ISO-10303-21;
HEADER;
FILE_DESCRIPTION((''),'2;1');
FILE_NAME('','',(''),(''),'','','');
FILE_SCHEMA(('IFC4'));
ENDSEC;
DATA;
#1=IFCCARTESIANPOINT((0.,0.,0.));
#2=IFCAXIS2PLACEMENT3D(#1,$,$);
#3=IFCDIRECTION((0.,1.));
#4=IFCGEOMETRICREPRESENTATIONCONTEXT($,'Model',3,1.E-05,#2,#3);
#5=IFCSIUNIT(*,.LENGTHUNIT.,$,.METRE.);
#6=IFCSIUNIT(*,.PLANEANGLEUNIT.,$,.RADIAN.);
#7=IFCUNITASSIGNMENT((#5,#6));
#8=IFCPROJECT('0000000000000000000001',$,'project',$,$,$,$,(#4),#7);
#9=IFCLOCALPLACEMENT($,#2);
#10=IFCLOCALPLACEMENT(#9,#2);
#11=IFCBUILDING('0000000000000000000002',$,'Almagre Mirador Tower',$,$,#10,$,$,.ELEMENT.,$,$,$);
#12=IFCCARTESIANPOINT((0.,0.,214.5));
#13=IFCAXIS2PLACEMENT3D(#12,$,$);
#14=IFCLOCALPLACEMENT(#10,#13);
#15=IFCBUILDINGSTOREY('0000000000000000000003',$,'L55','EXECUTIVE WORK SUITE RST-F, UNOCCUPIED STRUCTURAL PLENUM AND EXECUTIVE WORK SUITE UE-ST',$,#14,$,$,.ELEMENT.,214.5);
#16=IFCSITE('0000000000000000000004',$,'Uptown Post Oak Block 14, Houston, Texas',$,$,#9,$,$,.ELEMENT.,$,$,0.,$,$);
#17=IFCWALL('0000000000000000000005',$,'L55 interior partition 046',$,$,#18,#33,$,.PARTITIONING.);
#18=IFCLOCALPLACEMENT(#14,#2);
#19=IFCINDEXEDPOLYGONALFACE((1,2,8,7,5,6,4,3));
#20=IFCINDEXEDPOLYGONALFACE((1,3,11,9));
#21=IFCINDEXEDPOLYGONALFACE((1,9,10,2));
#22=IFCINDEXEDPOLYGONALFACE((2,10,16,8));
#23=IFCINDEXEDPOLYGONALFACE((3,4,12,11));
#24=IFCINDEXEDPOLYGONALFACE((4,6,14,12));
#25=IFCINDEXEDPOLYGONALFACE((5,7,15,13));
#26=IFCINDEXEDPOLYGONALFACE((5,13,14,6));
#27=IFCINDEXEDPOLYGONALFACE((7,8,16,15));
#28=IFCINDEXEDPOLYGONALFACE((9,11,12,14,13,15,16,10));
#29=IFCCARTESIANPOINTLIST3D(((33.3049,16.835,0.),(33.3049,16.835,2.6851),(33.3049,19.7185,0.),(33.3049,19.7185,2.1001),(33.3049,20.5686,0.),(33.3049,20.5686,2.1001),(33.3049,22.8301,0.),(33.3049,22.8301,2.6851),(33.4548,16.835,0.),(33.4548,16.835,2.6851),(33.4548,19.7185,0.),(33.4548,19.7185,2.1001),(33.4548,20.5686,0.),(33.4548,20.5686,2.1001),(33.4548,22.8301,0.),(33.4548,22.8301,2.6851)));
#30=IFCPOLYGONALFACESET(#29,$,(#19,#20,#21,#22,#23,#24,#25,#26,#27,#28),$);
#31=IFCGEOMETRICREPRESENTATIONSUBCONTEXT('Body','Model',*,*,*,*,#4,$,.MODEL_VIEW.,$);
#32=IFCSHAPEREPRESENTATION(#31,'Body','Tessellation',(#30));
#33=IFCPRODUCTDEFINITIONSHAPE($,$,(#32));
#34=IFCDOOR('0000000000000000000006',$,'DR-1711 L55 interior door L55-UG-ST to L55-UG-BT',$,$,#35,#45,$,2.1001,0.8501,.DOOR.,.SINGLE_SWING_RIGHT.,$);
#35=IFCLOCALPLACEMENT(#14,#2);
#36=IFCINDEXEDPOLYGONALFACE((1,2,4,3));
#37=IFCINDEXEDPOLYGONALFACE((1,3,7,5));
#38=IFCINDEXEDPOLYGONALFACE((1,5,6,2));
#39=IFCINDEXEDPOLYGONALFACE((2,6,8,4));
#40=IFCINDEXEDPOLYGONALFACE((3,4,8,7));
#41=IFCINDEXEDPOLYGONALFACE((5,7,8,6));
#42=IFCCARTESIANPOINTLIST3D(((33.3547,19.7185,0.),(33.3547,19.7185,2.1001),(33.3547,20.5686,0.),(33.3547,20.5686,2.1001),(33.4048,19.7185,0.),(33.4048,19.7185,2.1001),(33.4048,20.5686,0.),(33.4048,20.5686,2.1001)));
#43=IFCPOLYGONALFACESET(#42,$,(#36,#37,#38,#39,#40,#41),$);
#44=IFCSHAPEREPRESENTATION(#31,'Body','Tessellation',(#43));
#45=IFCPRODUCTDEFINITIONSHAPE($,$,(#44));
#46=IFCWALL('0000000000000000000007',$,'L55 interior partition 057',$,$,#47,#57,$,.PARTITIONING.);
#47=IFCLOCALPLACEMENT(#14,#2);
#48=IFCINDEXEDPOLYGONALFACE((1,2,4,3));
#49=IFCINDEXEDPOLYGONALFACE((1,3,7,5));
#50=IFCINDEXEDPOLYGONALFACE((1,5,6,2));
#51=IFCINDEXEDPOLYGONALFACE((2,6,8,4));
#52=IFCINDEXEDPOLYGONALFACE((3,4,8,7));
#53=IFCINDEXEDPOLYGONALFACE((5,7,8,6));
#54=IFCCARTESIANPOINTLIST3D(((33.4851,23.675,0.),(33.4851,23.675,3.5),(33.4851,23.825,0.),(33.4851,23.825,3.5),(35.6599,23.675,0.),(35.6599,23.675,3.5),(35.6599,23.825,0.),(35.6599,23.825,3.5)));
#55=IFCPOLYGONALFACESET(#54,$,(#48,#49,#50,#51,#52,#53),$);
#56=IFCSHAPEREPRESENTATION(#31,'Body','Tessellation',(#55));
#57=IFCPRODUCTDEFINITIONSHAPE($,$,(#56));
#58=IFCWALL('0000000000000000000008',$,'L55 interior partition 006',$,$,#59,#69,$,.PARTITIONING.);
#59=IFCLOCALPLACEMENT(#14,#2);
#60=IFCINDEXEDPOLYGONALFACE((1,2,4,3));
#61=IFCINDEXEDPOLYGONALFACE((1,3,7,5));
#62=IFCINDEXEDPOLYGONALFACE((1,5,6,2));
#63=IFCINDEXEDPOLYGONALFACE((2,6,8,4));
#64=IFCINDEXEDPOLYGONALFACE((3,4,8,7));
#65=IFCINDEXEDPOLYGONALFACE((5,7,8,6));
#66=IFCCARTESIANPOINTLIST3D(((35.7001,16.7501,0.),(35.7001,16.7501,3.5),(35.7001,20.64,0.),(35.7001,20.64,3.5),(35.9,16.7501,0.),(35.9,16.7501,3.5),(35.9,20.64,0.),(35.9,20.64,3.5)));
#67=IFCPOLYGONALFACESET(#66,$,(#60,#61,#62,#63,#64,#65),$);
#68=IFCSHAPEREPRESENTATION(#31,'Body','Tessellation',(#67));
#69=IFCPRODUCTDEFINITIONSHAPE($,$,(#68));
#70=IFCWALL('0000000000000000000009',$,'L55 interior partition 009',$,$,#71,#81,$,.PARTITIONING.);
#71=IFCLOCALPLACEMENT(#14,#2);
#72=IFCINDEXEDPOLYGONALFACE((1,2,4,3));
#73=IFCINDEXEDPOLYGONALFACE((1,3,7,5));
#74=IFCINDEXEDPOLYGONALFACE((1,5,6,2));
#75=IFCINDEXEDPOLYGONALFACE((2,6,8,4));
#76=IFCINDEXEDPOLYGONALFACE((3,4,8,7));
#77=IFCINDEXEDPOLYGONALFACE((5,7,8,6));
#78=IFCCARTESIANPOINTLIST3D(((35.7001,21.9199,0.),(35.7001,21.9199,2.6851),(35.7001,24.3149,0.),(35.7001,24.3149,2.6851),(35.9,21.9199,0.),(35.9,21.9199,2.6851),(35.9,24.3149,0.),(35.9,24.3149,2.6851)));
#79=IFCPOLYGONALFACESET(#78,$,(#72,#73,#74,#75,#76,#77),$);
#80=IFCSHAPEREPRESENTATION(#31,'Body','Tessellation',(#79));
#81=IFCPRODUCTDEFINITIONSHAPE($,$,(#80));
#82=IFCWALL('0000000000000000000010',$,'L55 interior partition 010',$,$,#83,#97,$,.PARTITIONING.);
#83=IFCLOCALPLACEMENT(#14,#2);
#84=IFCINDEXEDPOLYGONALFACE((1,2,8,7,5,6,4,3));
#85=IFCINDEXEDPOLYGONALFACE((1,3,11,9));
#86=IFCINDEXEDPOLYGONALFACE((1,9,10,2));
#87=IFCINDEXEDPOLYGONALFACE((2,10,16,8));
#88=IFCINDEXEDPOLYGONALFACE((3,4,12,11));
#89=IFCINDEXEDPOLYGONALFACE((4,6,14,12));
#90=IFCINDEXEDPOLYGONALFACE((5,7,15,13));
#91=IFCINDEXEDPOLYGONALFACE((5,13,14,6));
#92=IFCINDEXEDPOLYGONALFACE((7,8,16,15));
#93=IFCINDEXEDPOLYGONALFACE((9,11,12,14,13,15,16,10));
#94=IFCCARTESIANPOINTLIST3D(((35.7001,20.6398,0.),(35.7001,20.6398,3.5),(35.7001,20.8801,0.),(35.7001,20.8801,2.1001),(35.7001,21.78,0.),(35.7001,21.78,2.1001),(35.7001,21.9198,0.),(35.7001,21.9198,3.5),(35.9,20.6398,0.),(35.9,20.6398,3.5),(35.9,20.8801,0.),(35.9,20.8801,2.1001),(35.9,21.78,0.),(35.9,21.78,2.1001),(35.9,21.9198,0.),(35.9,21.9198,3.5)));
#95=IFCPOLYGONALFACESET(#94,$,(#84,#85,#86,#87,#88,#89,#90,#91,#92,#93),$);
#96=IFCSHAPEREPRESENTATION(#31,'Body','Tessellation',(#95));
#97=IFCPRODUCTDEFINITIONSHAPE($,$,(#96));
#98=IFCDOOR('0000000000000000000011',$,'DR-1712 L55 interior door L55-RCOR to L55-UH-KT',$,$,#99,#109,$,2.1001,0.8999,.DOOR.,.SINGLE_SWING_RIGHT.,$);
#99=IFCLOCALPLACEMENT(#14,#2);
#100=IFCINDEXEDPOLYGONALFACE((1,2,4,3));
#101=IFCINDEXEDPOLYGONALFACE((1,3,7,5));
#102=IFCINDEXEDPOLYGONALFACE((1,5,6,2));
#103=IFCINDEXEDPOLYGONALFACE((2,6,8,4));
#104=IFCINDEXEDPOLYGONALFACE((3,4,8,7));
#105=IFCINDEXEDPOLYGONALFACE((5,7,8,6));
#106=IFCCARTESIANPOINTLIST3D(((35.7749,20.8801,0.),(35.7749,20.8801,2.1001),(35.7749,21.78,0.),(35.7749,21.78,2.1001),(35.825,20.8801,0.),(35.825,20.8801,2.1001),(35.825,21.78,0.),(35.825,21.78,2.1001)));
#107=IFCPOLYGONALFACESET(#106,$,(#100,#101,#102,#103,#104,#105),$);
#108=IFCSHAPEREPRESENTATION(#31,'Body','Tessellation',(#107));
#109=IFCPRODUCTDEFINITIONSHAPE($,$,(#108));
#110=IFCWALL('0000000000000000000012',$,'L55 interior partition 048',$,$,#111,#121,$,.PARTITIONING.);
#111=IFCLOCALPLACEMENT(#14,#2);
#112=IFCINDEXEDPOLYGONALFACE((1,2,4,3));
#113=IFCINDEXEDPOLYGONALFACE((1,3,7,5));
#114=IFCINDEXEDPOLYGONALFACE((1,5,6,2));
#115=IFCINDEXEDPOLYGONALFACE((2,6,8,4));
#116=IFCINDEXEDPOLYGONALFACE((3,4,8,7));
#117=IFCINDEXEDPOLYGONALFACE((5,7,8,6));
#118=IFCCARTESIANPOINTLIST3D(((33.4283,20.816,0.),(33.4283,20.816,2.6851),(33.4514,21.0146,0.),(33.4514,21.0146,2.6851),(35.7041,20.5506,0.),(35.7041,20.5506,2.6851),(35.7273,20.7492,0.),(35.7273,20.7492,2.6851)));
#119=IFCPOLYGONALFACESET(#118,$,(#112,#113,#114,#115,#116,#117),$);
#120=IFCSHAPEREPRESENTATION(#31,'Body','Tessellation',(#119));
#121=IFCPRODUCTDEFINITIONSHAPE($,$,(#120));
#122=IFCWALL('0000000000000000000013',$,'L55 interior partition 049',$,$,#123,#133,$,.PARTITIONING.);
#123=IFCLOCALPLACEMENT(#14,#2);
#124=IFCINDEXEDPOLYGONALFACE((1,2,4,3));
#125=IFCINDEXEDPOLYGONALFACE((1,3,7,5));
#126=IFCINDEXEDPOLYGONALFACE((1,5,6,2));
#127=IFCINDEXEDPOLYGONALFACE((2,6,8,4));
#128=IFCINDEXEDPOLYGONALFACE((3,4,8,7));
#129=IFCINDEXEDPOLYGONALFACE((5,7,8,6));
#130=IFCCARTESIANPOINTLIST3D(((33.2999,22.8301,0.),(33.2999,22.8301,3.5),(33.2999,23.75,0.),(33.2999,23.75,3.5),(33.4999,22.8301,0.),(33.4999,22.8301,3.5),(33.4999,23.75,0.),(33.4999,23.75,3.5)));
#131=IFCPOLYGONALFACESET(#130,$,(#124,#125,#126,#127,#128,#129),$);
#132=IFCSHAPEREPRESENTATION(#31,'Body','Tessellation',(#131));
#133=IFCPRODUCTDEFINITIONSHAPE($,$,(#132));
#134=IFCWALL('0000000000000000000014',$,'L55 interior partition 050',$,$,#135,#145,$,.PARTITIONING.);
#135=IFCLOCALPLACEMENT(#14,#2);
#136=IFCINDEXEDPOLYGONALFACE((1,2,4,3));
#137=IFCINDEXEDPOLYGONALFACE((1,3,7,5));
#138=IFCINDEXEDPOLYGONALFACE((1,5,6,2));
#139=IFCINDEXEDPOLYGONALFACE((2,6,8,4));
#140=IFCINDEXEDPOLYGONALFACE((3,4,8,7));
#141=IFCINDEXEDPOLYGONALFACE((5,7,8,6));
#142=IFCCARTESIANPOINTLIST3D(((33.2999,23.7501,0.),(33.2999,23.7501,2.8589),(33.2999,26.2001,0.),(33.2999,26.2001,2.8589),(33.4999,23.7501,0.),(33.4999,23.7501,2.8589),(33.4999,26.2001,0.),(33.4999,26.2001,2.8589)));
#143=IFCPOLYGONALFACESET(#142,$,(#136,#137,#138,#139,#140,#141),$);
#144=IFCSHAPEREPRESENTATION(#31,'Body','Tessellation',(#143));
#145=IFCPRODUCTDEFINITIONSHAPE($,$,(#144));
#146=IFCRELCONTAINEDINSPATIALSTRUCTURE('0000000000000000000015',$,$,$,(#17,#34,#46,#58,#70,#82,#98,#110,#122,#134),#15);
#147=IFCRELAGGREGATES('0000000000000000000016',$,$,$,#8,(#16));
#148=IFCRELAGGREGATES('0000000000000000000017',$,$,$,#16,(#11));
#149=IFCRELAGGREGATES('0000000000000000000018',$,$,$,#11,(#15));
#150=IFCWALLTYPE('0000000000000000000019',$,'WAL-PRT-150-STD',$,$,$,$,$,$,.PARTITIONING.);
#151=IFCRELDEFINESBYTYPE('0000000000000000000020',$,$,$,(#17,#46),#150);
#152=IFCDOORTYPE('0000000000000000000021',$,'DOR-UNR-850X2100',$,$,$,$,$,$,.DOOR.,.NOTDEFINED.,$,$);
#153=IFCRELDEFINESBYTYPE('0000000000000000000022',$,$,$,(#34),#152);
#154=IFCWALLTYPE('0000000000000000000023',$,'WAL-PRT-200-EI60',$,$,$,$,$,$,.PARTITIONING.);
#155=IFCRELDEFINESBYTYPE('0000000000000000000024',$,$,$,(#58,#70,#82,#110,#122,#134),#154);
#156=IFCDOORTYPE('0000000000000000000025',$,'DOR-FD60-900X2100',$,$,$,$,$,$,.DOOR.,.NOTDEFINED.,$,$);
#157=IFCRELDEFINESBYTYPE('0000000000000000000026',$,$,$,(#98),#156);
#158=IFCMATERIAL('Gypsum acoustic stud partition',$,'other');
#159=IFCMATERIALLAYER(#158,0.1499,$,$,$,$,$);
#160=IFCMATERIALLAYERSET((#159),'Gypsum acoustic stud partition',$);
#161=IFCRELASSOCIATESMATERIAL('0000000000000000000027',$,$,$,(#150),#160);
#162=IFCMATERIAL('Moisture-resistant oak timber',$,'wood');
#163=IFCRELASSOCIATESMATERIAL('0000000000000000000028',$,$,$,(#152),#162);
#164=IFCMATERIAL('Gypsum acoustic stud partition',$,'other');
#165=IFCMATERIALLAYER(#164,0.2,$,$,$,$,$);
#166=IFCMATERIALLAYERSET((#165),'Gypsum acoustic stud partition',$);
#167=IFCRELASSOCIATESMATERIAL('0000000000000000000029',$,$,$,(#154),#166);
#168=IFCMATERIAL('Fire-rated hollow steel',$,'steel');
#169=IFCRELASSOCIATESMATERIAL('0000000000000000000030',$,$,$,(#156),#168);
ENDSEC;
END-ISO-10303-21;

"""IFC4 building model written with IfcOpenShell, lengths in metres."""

from ifc_helpers import new_model, si_unit, direction, frame, frame_2d, origin, place, context, subcontext, project, spatial, rectangle, extrude, material, layer, layer_set, type_object, element, fill, save


model = new_model("IFC4")

# Units and contexts
model_context = context("Model", 3, precision=1e-05, world=origin(), true_north=direction((0.0, 1.0)))
body_context = subcontext(model_context, "Body", "Model", "MODEL_VIEW")
ifc_project = project(units=[si_unit("LENGTHUNIT", "METRE"), si_unit("PLANEANGLEUNIT", "RADIAN")], contexts=[model_context])

# Site, building, storey
site_placement = place(None, origin())
site = spatial("IfcSite", under=ifc_project, at=site_placement, Name="Uptown Post Oak Block 14, Houston, Texas", CompositionType="ELEMENT", RefElevation=0.0)
building_placement = place(site_placement, origin())
building = spatial("IfcBuilding", under=site, at=building_placement, Name="Almagre Mirador Tower", CompositionType="ELEMENT")
storey_placement = place(building_placement, frame((0.0, 0.0, 214.5)))
storey = spatial("IfcBuildingStorey", under=building, at=storey_placement, Name="L55", Description="EXECUTIVE WORK SUITE RST-F, UNOCCUPIED STRUCTURAL PLENUM AND EXECUTIVE WORK SUITE UE-ST", CompositionType="ELEMENT", Elevation=214.5)

# Wall, opening, door
ifc_material_1 = material(Name="Gypsum acoustic stud partition", Category="other")
ifc_layer_1 = layer(ifc_material_1, 0.1499)
ifc_layer_set_1 = layer_set([ifc_layer_1], Name="Gypsum acoustic stud partition")
wall_type_1 = type_object("IfcWallType", Name="WAL-PRT-150-STD", PredefinedType="PARTITIONING", material=ifc_layer_set_1)
wall_1_placement = place(storey_placement, frame((33.3799, 22.8301, 0.0), z_axis=(0.0, 0.0, 1.0), x_axis=(0.0, -1.0, 0.0)))
wall_1 = element("IfcWall", 1, at=wall_1_placement, inside=storey, type_object=wall_type_1, Name="L55 interior partition 046", PredefinedType="PARTITIONING", context=body_context, shape_type="SweptSolid", body=[
    extrude(rectangle(XDim=5.9951, YDim=0.1499, at=frame_2d((2.9976, 0.0))), origin(), (0.0, 0.0, 1.0), 2.6851),
])
opening_1_placement = place(wall_1_placement, frame((2.2615, 0.0, 0.0)))
opening_1 = element("IfcOpeningElement", 2, at=opening_1_placement, cuts=wall_1, PredefinedType="OPENING", context=body_context, shape_type="SweptSolid", body=[
    extrude(rectangle(XDim=0.8501, YDim=2.1001, at=frame_2d((0.425, 1.05))), frame((0.0, 0.085, 0.0), z_axis=(0.0, -1.0, 0.0), x_axis=(1.0, 0.0, 0.0)), (0.0, 0.0, 1.0), 0.1699),
])
ifc_material_2 = material(Name="Moisture-resistant oak timber", Category="wood")
door_type_1 = type_object("IfcDoorType", Name="DOR-UNR-850X2100", OperationType="NOTDEFINED", PredefinedType="DOOR", material=ifc_material_2)
door_1_placement = place(opening_1_placement, origin())
door_1 = element("IfcDoor", 3, at=door_1_placement, inside=storey, type_object=door_type_1, Name="DR-1711 L55 interior door L55-UG-ST to L55-UG-BT", OperationType="SINGLE_SWING_RIGHT", OverallHeight=2.1001, OverallWidth=0.8501, PredefinedType="DOOR", context=body_context, shape_type="SweptSolid", body=[
    extrude(rectangle(XDim=0.8501, YDim=2.1001, at=frame_2d((0.425, 1.05))), frame((0.0, 0.0249, 0.0), z_axis=(0.0, -1.0, 0.0), x_axis=(1.0, 0.0, 0.0)), (0.0, 0.0, 1.0), 0.05),
])
fill(opening_1, door_1)

# Walls
wall_2_placement = place(storey_placement, frame((35.6599, 23.75, 0.0), z_axis=(0.0, 0.0, 1.0), x_axis=(-1.0, 0.0, 0.0)))
element("IfcWall", 4, at=wall_2_placement, inside=storey, type_object=wall_type_1, Name="L55 interior partition 057", PredefinedType="PARTITIONING", context=body_context, shape_type="SweptSolid", body=[
    extrude(rectangle(XDim=2.1748, YDim=0.1499, at=frame_2d((1.0874, 0.0))), origin(), (0.0, 0.0, 1.0), 3.5),
])
ifc_material_3 = material(Name="Gypsum acoustic stud partition", Category="other")
ifc_layer_2 = layer(ifc_material_3, 0.2)
ifc_layer_set_2 = layer_set([ifc_layer_2], Name="Gypsum acoustic stud partition")
wall_type_2 = type_object("IfcWallType", Name="WAL-PRT-200-EI60", PredefinedType="PARTITIONING", material=ifc_layer_set_2)
wall_3_placement = place(storey_placement, frame((35.8, 20.6399, 0.0), z_axis=(0.0, 0.0, 1.0), x_axis=(0.0, -1.0, 0.0)))
element("IfcWall", 5, at=wall_3_placement, inside=storey, type_object=wall_type_2, Name="L55 interior partition 006", PredefinedType="PARTITIONING", context=body_context, shape_type="SweptSolid", body=[
    extrude(rectangle(XDim=3.8899, YDim=0.2, at=frame_2d((1.9448, 0.0))), origin(), (0.0, 0.0, 1.0), 3.5),
])
wall_4_placement = place(storey_placement, frame((35.8, 24.3149, 0.0), z_axis=(0.0, 0.0, 1.0), x_axis=(0.0, -1.0, 0.0)))
element("IfcWall", 6, at=wall_4_placement, inside=storey, type_object=wall_type_2, Name="L55 interior partition 009", PredefinedType="PARTITIONING", context=body_context, shape_type="SweptSolid", body=[
    extrude(rectangle(XDim=2.395, YDim=0.2, at=frame_2d((1.1975, 0.0))), origin(), (0.0, 0.0, 1.0), 2.6851),
])

# Wall, opening, door
wall_5_placement = place(storey_placement, frame((35.8, 21.9199, 0.0), z_axis=(0.0, 0.0, 1.0), x_axis=(0.0, -1.0, 0.0)))
wall_5 = element("IfcWall", 7, at=wall_5_placement, inside=storey, type_object=wall_type_2, Name="L55 interior partition 010", PredefinedType="PARTITIONING", context=body_context, shape_type="SweptSolid", body=[
    extrude(rectangle(XDim=1.28, YDim=0.2, at=frame_2d((0.6401, 0.0))), origin(), (0.0, 0.0, 1.0), 3.5),
])
opening_2_placement = place(wall_5_placement, frame((0.1399, 0.0, 0.0)))
opening_2 = element("IfcOpeningElement", 8, at=opening_2_placement, cuts=wall_5, PredefinedType="OPENING", context=body_context, shape_type="SweptSolid", body=[
    extrude(rectangle(XDim=0.8999, YDim=2.1001, at=frame_2d((0.45, 1.05))), frame((0.0, 0.1101, 0.0), z_axis=(0.0, -1.0, 0.0), x_axis=(1.0, 0.0, 0.0)), (0.0, 0.0, 1.0), 0.22),
])
ifc_material_4 = material(Name="Fire-rated hollow steel", Category="steel")
door_type_2 = type_object("IfcDoorType", Name="DOR-FD60-900X2100", OperationType="NOTDEFINED", PredefinedType="DOOR", material=ifc_material_4)
door_2_placement = place(opening_2_placement, origin())
door_2 = element("IfcDoor", 9, at=door_2_placement, inside=storey, type_object=door_type_2, Name="DR-1712 L55 interior door L55-RCOR to L55-UH-KT", OperationType="SINGLE_SWING_RIGHT", OverallHeight=2.1001, OverallWidth=0.8999, PredefinedType="DOOR", context=body_context, shape_type="SweptSolid", body=[
    extrude(rectangle(XDim=0.8999, YDim=2.1001, at=frame_2d((0.45, 1.05))), frame((0.0, 0.0249, 0.0), z_axis=(0.0, -1.0, 0.0), x_axis=(1.0, 0.0, 0.0)), (0.0, 0.0, 1.0), 0.05),
])
fill(opening_2, door_2)

# Walls
wall_6_placement = place(storey_placement, frame((35.7156, 20.6499, 0.0), z_axis=(0.0, 0.0, 1.0), x_axis=(-0.99327, 0.115821, 0.0)))
element("IfcWall", 10, at=wall_6_placement, inside=storey, type_object=wall_type_2, Name="L55 interior partition 048", PredefinedType="PARTITIONING", context=body_context, shape_type="SweptSolid", body=[
    extrude(rectangle(XDim=2.2913, YDim=0.2, at=frame_2d((1.1455, 0.0))), origin(), (0.0, 0.0, 1.0), 2.6851),
])
wall_7_placement = place(storey_placement, frame((33.3999, 22.8301, 0.0), z_axis=(0.0, 0.0, 1.0), x_axis=(0.0, 1.0, 0.0)))
element("IfcWall", 11, at=wall_7_placement, inside=storey, type_object=wall_type_2, Name="L55 interior partition 049", PredefinedType="PARTITIONING", context=body_context, shape_type="SweptSolid", body=[
    extrude(rectangle(XDim=0.9199, YDim=0.2, at=frame_2d((0.46, 0.0))), origin(), (0.0, 0.0, 1.0), 3.5),
])
wall_8_placement = place(storey_placement, frame((33.3999, 23.75, 0.0), z_axis=(0.0, 0.0, 1.0), x_axis=(0.0, 1.0, 0.0)))
element("IfcWall", 12, at=wall_8_placement, inside=storey, type_object=wall_type_2, Name="L55 interior partition 050", PredefinedType="PARTITIONING", context=body_context, shape_type="SweptSolid", body=[
    extrude(rectangle(XDim=2.45, YDim=0.2, at=frame_2d((1.2251, 0.0))), origin(), (0.0, 0.0, 1.0), 2.8589),
])

save(model, "model.ifc")
